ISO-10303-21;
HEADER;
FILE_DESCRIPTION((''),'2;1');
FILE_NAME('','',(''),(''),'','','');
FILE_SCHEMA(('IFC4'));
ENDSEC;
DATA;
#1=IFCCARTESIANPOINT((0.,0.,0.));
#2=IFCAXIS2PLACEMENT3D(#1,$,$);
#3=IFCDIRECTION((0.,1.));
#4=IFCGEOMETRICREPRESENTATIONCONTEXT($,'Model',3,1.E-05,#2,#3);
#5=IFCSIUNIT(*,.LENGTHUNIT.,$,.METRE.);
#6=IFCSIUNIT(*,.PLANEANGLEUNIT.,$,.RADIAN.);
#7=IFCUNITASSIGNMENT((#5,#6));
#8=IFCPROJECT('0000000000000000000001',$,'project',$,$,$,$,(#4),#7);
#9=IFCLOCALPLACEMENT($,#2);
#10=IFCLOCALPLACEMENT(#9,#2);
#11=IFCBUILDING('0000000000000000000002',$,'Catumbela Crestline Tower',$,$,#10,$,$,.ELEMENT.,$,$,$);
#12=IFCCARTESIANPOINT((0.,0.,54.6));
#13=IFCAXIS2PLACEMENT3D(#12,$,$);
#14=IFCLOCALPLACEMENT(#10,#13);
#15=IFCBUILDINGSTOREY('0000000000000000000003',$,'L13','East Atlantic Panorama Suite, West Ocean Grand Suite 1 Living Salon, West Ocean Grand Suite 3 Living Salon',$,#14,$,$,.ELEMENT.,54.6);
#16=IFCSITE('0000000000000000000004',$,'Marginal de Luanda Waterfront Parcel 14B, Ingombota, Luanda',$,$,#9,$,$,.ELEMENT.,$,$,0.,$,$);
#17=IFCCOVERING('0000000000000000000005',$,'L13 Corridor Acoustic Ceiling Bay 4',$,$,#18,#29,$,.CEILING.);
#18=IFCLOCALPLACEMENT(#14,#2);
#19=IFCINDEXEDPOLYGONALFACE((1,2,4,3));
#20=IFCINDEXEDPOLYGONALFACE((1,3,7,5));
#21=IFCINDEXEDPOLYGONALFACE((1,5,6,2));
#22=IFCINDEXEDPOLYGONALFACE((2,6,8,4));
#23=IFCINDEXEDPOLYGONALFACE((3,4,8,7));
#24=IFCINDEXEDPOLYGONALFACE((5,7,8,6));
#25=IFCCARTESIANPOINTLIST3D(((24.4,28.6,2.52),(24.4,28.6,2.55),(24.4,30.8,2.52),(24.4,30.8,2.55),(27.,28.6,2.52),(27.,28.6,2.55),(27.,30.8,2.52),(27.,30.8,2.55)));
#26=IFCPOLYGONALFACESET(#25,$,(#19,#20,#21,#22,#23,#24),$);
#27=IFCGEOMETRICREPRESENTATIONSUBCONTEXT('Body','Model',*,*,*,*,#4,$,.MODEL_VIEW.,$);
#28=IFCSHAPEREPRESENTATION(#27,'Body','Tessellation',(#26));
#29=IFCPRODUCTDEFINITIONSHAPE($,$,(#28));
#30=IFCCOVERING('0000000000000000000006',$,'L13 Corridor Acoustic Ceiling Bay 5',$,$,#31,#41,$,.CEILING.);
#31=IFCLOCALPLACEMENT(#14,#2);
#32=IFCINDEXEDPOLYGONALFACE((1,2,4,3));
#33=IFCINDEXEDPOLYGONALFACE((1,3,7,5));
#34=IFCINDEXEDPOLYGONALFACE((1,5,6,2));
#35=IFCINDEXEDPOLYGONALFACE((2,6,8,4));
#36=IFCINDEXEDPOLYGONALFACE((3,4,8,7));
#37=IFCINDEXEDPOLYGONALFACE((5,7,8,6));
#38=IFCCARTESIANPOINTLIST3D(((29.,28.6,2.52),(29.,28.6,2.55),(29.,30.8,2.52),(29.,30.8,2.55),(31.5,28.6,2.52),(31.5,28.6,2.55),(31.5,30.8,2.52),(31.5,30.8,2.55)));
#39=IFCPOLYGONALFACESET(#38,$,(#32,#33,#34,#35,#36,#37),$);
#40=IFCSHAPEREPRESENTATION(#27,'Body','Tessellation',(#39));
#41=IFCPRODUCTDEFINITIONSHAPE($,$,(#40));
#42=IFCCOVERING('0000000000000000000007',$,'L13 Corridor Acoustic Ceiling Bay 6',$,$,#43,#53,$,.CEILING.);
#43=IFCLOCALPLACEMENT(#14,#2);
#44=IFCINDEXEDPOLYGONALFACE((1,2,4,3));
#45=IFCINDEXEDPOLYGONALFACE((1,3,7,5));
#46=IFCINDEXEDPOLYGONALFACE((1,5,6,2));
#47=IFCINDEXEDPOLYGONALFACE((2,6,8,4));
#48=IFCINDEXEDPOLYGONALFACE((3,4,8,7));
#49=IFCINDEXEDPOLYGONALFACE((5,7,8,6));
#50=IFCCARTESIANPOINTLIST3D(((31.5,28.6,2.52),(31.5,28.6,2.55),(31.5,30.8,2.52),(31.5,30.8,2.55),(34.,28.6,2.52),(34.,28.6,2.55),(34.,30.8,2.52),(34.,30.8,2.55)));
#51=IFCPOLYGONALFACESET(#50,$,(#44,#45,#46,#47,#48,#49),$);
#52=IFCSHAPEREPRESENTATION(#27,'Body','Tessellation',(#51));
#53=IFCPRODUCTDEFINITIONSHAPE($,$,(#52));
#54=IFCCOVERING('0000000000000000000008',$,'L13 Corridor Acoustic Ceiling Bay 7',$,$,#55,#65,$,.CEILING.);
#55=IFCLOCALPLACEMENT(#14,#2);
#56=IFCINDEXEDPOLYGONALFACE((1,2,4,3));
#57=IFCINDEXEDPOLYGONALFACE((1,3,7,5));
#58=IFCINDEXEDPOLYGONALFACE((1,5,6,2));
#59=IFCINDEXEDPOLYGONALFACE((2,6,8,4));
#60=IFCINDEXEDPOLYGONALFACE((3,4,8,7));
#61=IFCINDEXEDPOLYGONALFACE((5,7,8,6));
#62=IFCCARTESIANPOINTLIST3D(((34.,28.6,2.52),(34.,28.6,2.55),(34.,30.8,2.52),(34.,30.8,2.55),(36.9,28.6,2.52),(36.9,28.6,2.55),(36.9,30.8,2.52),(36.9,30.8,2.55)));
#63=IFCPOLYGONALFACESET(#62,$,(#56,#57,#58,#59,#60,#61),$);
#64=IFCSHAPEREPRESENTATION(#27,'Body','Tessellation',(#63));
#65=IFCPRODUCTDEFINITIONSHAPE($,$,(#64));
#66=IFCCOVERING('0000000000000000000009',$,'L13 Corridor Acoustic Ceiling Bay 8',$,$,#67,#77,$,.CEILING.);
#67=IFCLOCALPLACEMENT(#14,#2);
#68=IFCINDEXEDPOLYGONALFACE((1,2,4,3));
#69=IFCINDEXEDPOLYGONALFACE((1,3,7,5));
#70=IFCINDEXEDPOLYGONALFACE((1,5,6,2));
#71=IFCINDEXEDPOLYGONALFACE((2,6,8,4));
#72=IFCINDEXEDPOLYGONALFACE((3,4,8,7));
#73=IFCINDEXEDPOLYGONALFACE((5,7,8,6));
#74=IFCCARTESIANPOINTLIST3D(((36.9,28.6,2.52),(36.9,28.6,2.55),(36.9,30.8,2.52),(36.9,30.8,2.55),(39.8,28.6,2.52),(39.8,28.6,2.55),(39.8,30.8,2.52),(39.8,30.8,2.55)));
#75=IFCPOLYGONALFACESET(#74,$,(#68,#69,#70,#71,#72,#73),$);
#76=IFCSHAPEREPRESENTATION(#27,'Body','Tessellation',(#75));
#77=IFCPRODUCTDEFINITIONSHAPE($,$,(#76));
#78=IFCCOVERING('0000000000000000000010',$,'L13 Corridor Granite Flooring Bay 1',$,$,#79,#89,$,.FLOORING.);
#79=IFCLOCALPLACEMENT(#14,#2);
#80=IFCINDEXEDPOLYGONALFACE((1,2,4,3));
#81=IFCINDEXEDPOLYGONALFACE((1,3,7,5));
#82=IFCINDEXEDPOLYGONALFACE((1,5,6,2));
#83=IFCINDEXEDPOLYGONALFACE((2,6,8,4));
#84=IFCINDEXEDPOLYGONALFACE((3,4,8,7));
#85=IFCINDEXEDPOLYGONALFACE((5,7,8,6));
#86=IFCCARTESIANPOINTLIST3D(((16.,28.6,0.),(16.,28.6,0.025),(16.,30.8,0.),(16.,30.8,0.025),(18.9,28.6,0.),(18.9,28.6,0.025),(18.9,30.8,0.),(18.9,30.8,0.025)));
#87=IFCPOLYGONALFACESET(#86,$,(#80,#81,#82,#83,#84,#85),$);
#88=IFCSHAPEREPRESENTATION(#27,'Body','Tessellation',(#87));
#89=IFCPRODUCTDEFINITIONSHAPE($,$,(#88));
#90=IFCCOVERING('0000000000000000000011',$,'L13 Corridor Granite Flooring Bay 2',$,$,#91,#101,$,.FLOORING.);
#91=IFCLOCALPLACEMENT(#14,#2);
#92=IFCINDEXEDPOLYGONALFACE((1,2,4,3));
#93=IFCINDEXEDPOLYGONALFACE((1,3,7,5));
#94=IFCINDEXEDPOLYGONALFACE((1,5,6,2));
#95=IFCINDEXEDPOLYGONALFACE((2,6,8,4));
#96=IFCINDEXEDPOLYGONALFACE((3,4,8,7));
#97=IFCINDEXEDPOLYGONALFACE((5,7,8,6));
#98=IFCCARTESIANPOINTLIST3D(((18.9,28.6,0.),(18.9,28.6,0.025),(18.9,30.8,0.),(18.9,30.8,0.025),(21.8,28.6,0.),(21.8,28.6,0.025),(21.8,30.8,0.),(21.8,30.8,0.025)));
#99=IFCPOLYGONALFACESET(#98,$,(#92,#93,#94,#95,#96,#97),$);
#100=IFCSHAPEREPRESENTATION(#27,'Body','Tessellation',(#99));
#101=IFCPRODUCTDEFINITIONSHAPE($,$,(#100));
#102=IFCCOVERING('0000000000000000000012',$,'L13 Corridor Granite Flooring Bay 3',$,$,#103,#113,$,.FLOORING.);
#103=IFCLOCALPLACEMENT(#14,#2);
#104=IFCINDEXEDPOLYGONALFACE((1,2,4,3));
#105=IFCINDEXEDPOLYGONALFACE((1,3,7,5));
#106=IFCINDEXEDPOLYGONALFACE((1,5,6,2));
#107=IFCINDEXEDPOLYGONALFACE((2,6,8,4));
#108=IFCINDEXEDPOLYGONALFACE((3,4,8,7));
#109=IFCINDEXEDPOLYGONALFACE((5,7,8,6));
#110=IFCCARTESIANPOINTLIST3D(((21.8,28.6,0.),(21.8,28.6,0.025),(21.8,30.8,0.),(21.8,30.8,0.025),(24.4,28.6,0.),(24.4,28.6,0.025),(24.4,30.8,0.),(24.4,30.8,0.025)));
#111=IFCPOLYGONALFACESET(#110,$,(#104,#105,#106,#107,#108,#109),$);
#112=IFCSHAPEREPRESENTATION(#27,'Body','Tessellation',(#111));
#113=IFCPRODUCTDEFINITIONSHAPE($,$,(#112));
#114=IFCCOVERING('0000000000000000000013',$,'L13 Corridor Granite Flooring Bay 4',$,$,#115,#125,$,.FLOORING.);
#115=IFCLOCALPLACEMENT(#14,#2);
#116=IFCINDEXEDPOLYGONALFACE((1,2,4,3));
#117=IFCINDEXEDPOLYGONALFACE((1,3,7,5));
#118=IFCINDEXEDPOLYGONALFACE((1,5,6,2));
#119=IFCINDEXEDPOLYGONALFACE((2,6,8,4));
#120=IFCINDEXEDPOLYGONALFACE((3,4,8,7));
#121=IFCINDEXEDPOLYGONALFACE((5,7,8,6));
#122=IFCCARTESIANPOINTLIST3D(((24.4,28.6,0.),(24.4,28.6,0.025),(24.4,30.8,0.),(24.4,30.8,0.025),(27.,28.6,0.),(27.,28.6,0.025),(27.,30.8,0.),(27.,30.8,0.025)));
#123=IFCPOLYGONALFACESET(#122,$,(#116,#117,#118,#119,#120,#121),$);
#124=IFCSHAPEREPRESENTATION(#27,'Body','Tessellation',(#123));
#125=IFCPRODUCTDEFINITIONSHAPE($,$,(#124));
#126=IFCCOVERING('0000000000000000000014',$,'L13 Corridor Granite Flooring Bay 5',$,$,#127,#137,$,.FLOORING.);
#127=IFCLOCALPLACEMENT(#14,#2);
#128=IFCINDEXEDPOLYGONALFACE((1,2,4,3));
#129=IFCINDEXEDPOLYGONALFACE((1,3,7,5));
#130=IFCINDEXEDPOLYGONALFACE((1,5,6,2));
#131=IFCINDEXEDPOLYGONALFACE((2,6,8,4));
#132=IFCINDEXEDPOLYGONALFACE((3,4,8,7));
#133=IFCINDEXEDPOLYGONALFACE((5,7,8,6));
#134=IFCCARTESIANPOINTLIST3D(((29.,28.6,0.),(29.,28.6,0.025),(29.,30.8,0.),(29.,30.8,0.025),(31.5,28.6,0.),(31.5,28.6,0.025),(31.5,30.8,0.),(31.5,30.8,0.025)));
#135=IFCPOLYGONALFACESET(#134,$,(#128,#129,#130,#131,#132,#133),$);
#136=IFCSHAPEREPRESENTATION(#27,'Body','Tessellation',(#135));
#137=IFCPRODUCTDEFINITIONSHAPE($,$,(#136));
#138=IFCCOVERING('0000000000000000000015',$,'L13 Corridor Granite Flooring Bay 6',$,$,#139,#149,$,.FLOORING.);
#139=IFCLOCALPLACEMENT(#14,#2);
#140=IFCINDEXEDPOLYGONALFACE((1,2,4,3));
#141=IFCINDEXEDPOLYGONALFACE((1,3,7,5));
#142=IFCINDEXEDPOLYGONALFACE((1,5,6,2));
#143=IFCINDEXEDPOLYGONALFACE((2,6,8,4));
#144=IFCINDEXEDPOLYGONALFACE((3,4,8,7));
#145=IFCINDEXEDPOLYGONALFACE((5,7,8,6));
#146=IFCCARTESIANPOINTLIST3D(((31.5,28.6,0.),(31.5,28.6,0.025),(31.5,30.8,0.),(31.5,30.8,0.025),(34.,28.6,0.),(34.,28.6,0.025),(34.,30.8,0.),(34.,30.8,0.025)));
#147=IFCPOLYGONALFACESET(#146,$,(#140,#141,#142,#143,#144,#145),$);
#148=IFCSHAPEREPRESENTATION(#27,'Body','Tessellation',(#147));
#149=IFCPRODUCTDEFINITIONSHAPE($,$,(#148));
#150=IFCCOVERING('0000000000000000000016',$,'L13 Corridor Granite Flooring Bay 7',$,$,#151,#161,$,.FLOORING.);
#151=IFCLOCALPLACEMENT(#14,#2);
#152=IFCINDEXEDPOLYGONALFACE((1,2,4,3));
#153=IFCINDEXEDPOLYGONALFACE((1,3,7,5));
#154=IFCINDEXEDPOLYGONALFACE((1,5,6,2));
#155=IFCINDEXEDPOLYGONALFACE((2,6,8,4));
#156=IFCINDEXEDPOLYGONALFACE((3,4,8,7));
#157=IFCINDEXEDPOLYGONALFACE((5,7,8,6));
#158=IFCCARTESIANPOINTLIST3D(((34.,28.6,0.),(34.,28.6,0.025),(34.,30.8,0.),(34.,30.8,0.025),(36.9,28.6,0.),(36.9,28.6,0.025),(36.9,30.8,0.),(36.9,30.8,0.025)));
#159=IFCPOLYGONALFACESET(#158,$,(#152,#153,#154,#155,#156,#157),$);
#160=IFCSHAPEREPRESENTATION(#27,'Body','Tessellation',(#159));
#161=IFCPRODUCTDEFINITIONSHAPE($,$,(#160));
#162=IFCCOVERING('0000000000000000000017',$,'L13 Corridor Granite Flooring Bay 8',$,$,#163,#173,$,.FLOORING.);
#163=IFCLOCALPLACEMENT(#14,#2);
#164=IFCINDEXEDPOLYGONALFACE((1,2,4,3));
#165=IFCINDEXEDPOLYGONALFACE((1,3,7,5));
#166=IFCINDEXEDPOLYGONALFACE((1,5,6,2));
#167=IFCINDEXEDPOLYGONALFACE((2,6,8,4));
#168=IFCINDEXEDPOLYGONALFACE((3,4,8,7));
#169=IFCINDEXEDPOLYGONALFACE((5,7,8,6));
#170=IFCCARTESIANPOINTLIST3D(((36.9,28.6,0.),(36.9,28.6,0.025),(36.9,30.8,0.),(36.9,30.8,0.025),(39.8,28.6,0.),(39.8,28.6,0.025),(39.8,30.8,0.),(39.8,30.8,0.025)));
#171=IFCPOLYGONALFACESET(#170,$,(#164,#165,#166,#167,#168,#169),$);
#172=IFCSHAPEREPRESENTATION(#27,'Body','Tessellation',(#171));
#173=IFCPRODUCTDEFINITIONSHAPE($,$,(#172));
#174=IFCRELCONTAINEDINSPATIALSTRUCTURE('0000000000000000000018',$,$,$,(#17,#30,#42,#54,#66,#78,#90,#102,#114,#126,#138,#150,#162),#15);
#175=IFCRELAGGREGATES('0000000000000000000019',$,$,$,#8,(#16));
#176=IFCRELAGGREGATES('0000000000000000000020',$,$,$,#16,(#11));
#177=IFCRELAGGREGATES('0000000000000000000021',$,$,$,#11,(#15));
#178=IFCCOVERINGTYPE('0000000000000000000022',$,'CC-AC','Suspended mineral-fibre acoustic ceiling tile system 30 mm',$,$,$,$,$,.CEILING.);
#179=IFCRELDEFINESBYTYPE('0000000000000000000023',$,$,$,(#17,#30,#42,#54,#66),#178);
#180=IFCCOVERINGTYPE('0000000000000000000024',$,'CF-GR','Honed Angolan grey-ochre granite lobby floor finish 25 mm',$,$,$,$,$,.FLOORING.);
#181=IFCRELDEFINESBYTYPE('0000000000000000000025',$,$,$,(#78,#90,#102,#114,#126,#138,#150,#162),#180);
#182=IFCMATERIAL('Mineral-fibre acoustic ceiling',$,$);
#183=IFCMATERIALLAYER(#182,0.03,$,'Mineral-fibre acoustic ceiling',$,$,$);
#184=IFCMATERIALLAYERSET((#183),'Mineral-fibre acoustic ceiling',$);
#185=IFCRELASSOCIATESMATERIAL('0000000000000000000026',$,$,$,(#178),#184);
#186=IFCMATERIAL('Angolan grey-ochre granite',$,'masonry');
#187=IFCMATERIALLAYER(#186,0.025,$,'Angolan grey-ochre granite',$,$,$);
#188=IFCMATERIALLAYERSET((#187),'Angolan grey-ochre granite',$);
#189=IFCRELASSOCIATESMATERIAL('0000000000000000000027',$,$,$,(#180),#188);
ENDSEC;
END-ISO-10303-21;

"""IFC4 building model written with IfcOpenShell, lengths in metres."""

from ifc_helpers import new_model, si_unit, direction, frame, origin, place, context, subcontext, project, spatial, polyline, outline, extrude, material, layer, layer_set, type_object, element, save


model = new_model("IFC4")

# Units and contexts
model_context = context("Model", 3, precision=1e-05, world=origin(), true_north=direction((0.0, 1.0)))
body_context = subcontext(model_context, "Body", "Model", "MODEL_VIEW")
ifc_project = project(units=[si_unit("LENGTHUNIT", "METRE"), si_unit("PLANEANGLEUNIT", "RADIAN")], contexts=[model_context])

# Site, building, storey
site_placement = place(None, origin())
site = spatial("IfcSite", under=ifc_project, at=site_placement, Name="Marginal de Luanda Waterfront Parcel 14B, Ingombota, Luanda", CompositionType="ELEMENT", RefElevation=0.0)
building_placement = place(site_placement, origin())
building = spatial("IfcBuilding", under=site, at=building_placement, Name="Catumbela Crestline Tower", CompositionType="ELEMENT")
storey_placement = place(building_placement, frame((0.0, 0.0, 54.6)))
storey = spatial("IfcBuildingStorey", under=building, at=storey_placement, Name="L13", Description="East Atlantic Panorama Suite, West Ocean Grand Suite 1 Living Salon, West Ocean Grand Suite 3 Living Salon", CompositionType="ELEMENT", Elevation=54.6)

# Shared definitions
ifc_material_1 = material(Name="Angolan grey-ochre granite", Category="masonry")

# Coverings
ifc_material_2 = material(Name="Mineral-fibre acoustic ceiling")
ifc_layer_1 = layer(ifc_material_2, 0.03, Name="Mineral-fibre acoustic ceiling")
ifc_layer_set_1 = layer_set([ifc_layer_1], Name="Mineral-fibre acoustic ceiling")
covering_type_1 = type_object("IfcCoveringType", Name="CC-AC", Description="Suspended mineral-fibre acoustic ceiling tile system 30 mm", PredefinedType="CEILING", material=ifc_layer_set_1)
covering_1_placement = place(storey_placement, frame((0.0, 0.0, 2.52)))
element("IfcCovering", 1, at=covering_1_placement, inside=storey, type_object=covering_type_1, Name="L13 Corridor Acoustic Ceiling Bay 4", PredefinedType="CEILING", context=body_context, shape_type="SweptSolid", body=[
    extrude(outline(polyline([(24.4, 28.6), (27.0, 28.6), (27.0, 30.8), (24.4, 30.8), (24.4, 28.6)])), origin(), (0.0, 0.0, 1.0), 0.03),
])
covering_2_placement = place(storey_placement, frame((0.0, 0.0, 2.52)))
element("IfcCovering", 2, at=covering_2_placement, inside=storey, type_object=covering_type_1, Name="L13 Corridor Acoustic Ceiling Bay 5", PredefinedType="CEILING", context=body_context, shape_type="SweptSolid", body=[
    extrude(outline(polyline([(29.0, 28.6), (31.5, 28.6), (31.5, 30.8), (29.0, 30.8), (29.0, 28.6)])), origin(), (0.0, 0.0, 1.0), 0.03),
])
covering_3_placement = place(storey_placement, frame((0.0, 0.0, 2.52)))
element("IfcCovering", 3, at=covering_3_placement, inside=storey, type_object=covering_type_1, Name="L13 Corridor Acoustic Ceiling Bay 6", PredefinedType="CEILING", context=body_context, shape_type="SweptSolid", body=[
    extrude(outline(polyline([(31.5, 28.6), (34.0, 28.6), (34.0, 30.8), (31.5, 30.8), (31.5, 28.6)])), origin(), (0.0, 0.0, 1.0), 0.03),
])
covering_4_placement = place(storey_placement, frame((0.0, 0.0, 2.52)))
element("IfcCovering", 4, at=covering_4_placement, inside=storey, type_object=covering_type_1, Name="L13 Corridor Acoustic Ceiling Bay 7", PredefinedType="CEILING", context=body_context, shape_type="SweptSolid", body=[
    extrude(outline(polyline([(34.0, 28.6), (36.9, 28.6), (36.9, 30.8), (34.0, 30.8), (34.0, 28.6)])), origin(), (0.0, 0.0, 1.0), 0.03),
])
covering_5_placement = place(storey_placement, frame((0.0, 0.0, 2.52)))
element("IfcCovering", 5, at=covering_5_placement, inside=storey, type_object=covering_type_1, Name="L13 Corridor Acoustic Ceiling Bay 8", PredefinedType="CEILING", context=body_context, shape_type="SweptSolid", body=[
    extrude(outline(polyline([(36.9, 28.6), (39.8, 28.6), (39.8, 30.8), (36.9, 30.8), (36.9, 28.6)])), origin(), (0.0, 0.0, 1.0), 0.03),
])
ifc_layer_2 = layer(ifc_material_1, 0.025, Name="Angolan grey-ochre granite")
ifc_layer_set_2 = layer_set([ifc_layer_2], Name="Angolan grey-ochre granite")
covering_type_2 = type_object("IfcCoveringType", Name="CF-GR", Description="Honed Angolan grey-ochre granite lobby floor finish 25 mm", PredefinedType="FLOORING", material=ifc_layer_set_2)
covering_6_placement = place(storey_placement, origin())
element("IfcCovering", 6, at=covering_6_placement, inside=storey, type_object=covering_type_2, Name="L13 Corridor Granite Flooring Bay 1", PredefinedType="FLOORING", context=body_context, shape_type="SweptSolid", body=[
    extrude(outline(polyline([(16.0, 28.6), (18.9, 28.6), (18.9, 30.8), (16.0, 30.8), (16.0, 28.6)])), origin(), (0.0, 0.0, 1.0), 0.025),
])
covering_7_placement = place(storey_placement, origin())
element("IfcCovering", 7, at=covering_7_placement, inside=storey, type_object=covering_type_2, Name="L13 Corridor Granite Flooring Bay 2", PredefinedType="FLOORING", context=body_context, shape_type="SweptSolid", body=[
    extrude(outline(polyline([(18.9, 28.6), (21.8, 28.6), (21.8, 30.8), (18.9, 30.8), (18.9, 28.6)])), origin(), (0.0, 0.0, 1.0), 0.025),
])
covering_8_placement = place(storey_placement, origin())
element("IfcCovering", 8, at=covering_8_placement, inside=storey, type_object=covering_type_2, Name="L13 Corridor Granite Flooring Bay 3", PredefinedType="FLOORING", context=body_context, shape_type="SweptSolid", body=[
    extrude(outline(polyline([(21.8, 28.6), (24.4, 28.6), (24.4, 30.8), (21.8, 30.8), (21.8, 28.6)])), origin(), (0.0, 0.0, 1.0), 0.025),
])
covering_9_placement = place(storey_placement, origin())
element("IfcCovering", 9, at=covering_9_placement, inside=storey, type_object=covering_type_2, Name="L13 Corridor Granite Flooring Bay 4", PredefinedType="FLOORING", context=body_context, shape_type="SweptSolid", body=[
    extrude(outline(polyline([(24.4, 28.6), (27.0, 28.6), (27.0, 30.8), (24.4, 30.8), (24.4, 28.6)])), origin(), (0.0, 0.0, 1.0), 0.025),
])
covering_10_placement = place(storey_placement, origin())
element("IfcCovering", 10, at=covering_10_placement, inside=storey, type_object=covering_type_2, Name="L13 Corridor Granite Flooring Bay 5", PredefinedType="FLOORING", context=body_context, shape_type="SweptSolid", body=[
    extrude(outline(polyline([(29.0, 28.6), (31.5, 28.6), (31.5, 30.8), (29.0, 30.8), (29.0, 28.6)])), origin(), (0.0, 0.0, 1.0), 0.025),
])
covering_11_placement = place(storey_placement, origin())
element("IfcCovering", 11, at=covering_11_placement, inside=storey, type_object=covering_type_2, Name="L13 Corridor Granite Flooring Bay 6", PredefinedType="FLOORING", context=body_context, shape_type="SweptSolid", body=[
    extrude(outline(polyline([(31.5, 28.6), (34.0, 28.6), (34.0, 30.8), (31.5, 30.8), (31.5, 28.6)])), origin(), (0.0, 0.0, 1.0), 0.025),
])
covering_12_placement = place(storey_placement, origin())
element("IfcCovering", 12, at=covering_12_placement, inside=storey, type_object=covering_type_2, Name="L13 Corridor Granite Flooring Bay 7", PredefinedType="FLOORING", context=body_context, shape_type="SweptSolid", body=[
    extrude(outline(polyline([(34.0, 28.6), (36.9, 28.6), (36.9, 30.8), (34.0, 30.8), (34.0, 28.6)])), origin(), (0.0, 0.0, 1.0), 0.025),
])
covering_13_placement = place(storey_placement, origin())
element("IfcCovering", 13, at=covering_13_placement, inside=storey, type_object=covering_type_2, Name="L13 Corridor Granite Flooring Bay 8", PredefinedType="FLOORING", context=body_context, shape_type="SweptSolid", body=[
    extrude(outline(polyline([(36.9, 28.6), (39.8, 28.6), (39.8, 30.8), (36.9, 30.8), (36.9, 28.6)])), origin(), (0.0, 0.0, 1.0), 0.025),
])

save(model, "model.ifc")
